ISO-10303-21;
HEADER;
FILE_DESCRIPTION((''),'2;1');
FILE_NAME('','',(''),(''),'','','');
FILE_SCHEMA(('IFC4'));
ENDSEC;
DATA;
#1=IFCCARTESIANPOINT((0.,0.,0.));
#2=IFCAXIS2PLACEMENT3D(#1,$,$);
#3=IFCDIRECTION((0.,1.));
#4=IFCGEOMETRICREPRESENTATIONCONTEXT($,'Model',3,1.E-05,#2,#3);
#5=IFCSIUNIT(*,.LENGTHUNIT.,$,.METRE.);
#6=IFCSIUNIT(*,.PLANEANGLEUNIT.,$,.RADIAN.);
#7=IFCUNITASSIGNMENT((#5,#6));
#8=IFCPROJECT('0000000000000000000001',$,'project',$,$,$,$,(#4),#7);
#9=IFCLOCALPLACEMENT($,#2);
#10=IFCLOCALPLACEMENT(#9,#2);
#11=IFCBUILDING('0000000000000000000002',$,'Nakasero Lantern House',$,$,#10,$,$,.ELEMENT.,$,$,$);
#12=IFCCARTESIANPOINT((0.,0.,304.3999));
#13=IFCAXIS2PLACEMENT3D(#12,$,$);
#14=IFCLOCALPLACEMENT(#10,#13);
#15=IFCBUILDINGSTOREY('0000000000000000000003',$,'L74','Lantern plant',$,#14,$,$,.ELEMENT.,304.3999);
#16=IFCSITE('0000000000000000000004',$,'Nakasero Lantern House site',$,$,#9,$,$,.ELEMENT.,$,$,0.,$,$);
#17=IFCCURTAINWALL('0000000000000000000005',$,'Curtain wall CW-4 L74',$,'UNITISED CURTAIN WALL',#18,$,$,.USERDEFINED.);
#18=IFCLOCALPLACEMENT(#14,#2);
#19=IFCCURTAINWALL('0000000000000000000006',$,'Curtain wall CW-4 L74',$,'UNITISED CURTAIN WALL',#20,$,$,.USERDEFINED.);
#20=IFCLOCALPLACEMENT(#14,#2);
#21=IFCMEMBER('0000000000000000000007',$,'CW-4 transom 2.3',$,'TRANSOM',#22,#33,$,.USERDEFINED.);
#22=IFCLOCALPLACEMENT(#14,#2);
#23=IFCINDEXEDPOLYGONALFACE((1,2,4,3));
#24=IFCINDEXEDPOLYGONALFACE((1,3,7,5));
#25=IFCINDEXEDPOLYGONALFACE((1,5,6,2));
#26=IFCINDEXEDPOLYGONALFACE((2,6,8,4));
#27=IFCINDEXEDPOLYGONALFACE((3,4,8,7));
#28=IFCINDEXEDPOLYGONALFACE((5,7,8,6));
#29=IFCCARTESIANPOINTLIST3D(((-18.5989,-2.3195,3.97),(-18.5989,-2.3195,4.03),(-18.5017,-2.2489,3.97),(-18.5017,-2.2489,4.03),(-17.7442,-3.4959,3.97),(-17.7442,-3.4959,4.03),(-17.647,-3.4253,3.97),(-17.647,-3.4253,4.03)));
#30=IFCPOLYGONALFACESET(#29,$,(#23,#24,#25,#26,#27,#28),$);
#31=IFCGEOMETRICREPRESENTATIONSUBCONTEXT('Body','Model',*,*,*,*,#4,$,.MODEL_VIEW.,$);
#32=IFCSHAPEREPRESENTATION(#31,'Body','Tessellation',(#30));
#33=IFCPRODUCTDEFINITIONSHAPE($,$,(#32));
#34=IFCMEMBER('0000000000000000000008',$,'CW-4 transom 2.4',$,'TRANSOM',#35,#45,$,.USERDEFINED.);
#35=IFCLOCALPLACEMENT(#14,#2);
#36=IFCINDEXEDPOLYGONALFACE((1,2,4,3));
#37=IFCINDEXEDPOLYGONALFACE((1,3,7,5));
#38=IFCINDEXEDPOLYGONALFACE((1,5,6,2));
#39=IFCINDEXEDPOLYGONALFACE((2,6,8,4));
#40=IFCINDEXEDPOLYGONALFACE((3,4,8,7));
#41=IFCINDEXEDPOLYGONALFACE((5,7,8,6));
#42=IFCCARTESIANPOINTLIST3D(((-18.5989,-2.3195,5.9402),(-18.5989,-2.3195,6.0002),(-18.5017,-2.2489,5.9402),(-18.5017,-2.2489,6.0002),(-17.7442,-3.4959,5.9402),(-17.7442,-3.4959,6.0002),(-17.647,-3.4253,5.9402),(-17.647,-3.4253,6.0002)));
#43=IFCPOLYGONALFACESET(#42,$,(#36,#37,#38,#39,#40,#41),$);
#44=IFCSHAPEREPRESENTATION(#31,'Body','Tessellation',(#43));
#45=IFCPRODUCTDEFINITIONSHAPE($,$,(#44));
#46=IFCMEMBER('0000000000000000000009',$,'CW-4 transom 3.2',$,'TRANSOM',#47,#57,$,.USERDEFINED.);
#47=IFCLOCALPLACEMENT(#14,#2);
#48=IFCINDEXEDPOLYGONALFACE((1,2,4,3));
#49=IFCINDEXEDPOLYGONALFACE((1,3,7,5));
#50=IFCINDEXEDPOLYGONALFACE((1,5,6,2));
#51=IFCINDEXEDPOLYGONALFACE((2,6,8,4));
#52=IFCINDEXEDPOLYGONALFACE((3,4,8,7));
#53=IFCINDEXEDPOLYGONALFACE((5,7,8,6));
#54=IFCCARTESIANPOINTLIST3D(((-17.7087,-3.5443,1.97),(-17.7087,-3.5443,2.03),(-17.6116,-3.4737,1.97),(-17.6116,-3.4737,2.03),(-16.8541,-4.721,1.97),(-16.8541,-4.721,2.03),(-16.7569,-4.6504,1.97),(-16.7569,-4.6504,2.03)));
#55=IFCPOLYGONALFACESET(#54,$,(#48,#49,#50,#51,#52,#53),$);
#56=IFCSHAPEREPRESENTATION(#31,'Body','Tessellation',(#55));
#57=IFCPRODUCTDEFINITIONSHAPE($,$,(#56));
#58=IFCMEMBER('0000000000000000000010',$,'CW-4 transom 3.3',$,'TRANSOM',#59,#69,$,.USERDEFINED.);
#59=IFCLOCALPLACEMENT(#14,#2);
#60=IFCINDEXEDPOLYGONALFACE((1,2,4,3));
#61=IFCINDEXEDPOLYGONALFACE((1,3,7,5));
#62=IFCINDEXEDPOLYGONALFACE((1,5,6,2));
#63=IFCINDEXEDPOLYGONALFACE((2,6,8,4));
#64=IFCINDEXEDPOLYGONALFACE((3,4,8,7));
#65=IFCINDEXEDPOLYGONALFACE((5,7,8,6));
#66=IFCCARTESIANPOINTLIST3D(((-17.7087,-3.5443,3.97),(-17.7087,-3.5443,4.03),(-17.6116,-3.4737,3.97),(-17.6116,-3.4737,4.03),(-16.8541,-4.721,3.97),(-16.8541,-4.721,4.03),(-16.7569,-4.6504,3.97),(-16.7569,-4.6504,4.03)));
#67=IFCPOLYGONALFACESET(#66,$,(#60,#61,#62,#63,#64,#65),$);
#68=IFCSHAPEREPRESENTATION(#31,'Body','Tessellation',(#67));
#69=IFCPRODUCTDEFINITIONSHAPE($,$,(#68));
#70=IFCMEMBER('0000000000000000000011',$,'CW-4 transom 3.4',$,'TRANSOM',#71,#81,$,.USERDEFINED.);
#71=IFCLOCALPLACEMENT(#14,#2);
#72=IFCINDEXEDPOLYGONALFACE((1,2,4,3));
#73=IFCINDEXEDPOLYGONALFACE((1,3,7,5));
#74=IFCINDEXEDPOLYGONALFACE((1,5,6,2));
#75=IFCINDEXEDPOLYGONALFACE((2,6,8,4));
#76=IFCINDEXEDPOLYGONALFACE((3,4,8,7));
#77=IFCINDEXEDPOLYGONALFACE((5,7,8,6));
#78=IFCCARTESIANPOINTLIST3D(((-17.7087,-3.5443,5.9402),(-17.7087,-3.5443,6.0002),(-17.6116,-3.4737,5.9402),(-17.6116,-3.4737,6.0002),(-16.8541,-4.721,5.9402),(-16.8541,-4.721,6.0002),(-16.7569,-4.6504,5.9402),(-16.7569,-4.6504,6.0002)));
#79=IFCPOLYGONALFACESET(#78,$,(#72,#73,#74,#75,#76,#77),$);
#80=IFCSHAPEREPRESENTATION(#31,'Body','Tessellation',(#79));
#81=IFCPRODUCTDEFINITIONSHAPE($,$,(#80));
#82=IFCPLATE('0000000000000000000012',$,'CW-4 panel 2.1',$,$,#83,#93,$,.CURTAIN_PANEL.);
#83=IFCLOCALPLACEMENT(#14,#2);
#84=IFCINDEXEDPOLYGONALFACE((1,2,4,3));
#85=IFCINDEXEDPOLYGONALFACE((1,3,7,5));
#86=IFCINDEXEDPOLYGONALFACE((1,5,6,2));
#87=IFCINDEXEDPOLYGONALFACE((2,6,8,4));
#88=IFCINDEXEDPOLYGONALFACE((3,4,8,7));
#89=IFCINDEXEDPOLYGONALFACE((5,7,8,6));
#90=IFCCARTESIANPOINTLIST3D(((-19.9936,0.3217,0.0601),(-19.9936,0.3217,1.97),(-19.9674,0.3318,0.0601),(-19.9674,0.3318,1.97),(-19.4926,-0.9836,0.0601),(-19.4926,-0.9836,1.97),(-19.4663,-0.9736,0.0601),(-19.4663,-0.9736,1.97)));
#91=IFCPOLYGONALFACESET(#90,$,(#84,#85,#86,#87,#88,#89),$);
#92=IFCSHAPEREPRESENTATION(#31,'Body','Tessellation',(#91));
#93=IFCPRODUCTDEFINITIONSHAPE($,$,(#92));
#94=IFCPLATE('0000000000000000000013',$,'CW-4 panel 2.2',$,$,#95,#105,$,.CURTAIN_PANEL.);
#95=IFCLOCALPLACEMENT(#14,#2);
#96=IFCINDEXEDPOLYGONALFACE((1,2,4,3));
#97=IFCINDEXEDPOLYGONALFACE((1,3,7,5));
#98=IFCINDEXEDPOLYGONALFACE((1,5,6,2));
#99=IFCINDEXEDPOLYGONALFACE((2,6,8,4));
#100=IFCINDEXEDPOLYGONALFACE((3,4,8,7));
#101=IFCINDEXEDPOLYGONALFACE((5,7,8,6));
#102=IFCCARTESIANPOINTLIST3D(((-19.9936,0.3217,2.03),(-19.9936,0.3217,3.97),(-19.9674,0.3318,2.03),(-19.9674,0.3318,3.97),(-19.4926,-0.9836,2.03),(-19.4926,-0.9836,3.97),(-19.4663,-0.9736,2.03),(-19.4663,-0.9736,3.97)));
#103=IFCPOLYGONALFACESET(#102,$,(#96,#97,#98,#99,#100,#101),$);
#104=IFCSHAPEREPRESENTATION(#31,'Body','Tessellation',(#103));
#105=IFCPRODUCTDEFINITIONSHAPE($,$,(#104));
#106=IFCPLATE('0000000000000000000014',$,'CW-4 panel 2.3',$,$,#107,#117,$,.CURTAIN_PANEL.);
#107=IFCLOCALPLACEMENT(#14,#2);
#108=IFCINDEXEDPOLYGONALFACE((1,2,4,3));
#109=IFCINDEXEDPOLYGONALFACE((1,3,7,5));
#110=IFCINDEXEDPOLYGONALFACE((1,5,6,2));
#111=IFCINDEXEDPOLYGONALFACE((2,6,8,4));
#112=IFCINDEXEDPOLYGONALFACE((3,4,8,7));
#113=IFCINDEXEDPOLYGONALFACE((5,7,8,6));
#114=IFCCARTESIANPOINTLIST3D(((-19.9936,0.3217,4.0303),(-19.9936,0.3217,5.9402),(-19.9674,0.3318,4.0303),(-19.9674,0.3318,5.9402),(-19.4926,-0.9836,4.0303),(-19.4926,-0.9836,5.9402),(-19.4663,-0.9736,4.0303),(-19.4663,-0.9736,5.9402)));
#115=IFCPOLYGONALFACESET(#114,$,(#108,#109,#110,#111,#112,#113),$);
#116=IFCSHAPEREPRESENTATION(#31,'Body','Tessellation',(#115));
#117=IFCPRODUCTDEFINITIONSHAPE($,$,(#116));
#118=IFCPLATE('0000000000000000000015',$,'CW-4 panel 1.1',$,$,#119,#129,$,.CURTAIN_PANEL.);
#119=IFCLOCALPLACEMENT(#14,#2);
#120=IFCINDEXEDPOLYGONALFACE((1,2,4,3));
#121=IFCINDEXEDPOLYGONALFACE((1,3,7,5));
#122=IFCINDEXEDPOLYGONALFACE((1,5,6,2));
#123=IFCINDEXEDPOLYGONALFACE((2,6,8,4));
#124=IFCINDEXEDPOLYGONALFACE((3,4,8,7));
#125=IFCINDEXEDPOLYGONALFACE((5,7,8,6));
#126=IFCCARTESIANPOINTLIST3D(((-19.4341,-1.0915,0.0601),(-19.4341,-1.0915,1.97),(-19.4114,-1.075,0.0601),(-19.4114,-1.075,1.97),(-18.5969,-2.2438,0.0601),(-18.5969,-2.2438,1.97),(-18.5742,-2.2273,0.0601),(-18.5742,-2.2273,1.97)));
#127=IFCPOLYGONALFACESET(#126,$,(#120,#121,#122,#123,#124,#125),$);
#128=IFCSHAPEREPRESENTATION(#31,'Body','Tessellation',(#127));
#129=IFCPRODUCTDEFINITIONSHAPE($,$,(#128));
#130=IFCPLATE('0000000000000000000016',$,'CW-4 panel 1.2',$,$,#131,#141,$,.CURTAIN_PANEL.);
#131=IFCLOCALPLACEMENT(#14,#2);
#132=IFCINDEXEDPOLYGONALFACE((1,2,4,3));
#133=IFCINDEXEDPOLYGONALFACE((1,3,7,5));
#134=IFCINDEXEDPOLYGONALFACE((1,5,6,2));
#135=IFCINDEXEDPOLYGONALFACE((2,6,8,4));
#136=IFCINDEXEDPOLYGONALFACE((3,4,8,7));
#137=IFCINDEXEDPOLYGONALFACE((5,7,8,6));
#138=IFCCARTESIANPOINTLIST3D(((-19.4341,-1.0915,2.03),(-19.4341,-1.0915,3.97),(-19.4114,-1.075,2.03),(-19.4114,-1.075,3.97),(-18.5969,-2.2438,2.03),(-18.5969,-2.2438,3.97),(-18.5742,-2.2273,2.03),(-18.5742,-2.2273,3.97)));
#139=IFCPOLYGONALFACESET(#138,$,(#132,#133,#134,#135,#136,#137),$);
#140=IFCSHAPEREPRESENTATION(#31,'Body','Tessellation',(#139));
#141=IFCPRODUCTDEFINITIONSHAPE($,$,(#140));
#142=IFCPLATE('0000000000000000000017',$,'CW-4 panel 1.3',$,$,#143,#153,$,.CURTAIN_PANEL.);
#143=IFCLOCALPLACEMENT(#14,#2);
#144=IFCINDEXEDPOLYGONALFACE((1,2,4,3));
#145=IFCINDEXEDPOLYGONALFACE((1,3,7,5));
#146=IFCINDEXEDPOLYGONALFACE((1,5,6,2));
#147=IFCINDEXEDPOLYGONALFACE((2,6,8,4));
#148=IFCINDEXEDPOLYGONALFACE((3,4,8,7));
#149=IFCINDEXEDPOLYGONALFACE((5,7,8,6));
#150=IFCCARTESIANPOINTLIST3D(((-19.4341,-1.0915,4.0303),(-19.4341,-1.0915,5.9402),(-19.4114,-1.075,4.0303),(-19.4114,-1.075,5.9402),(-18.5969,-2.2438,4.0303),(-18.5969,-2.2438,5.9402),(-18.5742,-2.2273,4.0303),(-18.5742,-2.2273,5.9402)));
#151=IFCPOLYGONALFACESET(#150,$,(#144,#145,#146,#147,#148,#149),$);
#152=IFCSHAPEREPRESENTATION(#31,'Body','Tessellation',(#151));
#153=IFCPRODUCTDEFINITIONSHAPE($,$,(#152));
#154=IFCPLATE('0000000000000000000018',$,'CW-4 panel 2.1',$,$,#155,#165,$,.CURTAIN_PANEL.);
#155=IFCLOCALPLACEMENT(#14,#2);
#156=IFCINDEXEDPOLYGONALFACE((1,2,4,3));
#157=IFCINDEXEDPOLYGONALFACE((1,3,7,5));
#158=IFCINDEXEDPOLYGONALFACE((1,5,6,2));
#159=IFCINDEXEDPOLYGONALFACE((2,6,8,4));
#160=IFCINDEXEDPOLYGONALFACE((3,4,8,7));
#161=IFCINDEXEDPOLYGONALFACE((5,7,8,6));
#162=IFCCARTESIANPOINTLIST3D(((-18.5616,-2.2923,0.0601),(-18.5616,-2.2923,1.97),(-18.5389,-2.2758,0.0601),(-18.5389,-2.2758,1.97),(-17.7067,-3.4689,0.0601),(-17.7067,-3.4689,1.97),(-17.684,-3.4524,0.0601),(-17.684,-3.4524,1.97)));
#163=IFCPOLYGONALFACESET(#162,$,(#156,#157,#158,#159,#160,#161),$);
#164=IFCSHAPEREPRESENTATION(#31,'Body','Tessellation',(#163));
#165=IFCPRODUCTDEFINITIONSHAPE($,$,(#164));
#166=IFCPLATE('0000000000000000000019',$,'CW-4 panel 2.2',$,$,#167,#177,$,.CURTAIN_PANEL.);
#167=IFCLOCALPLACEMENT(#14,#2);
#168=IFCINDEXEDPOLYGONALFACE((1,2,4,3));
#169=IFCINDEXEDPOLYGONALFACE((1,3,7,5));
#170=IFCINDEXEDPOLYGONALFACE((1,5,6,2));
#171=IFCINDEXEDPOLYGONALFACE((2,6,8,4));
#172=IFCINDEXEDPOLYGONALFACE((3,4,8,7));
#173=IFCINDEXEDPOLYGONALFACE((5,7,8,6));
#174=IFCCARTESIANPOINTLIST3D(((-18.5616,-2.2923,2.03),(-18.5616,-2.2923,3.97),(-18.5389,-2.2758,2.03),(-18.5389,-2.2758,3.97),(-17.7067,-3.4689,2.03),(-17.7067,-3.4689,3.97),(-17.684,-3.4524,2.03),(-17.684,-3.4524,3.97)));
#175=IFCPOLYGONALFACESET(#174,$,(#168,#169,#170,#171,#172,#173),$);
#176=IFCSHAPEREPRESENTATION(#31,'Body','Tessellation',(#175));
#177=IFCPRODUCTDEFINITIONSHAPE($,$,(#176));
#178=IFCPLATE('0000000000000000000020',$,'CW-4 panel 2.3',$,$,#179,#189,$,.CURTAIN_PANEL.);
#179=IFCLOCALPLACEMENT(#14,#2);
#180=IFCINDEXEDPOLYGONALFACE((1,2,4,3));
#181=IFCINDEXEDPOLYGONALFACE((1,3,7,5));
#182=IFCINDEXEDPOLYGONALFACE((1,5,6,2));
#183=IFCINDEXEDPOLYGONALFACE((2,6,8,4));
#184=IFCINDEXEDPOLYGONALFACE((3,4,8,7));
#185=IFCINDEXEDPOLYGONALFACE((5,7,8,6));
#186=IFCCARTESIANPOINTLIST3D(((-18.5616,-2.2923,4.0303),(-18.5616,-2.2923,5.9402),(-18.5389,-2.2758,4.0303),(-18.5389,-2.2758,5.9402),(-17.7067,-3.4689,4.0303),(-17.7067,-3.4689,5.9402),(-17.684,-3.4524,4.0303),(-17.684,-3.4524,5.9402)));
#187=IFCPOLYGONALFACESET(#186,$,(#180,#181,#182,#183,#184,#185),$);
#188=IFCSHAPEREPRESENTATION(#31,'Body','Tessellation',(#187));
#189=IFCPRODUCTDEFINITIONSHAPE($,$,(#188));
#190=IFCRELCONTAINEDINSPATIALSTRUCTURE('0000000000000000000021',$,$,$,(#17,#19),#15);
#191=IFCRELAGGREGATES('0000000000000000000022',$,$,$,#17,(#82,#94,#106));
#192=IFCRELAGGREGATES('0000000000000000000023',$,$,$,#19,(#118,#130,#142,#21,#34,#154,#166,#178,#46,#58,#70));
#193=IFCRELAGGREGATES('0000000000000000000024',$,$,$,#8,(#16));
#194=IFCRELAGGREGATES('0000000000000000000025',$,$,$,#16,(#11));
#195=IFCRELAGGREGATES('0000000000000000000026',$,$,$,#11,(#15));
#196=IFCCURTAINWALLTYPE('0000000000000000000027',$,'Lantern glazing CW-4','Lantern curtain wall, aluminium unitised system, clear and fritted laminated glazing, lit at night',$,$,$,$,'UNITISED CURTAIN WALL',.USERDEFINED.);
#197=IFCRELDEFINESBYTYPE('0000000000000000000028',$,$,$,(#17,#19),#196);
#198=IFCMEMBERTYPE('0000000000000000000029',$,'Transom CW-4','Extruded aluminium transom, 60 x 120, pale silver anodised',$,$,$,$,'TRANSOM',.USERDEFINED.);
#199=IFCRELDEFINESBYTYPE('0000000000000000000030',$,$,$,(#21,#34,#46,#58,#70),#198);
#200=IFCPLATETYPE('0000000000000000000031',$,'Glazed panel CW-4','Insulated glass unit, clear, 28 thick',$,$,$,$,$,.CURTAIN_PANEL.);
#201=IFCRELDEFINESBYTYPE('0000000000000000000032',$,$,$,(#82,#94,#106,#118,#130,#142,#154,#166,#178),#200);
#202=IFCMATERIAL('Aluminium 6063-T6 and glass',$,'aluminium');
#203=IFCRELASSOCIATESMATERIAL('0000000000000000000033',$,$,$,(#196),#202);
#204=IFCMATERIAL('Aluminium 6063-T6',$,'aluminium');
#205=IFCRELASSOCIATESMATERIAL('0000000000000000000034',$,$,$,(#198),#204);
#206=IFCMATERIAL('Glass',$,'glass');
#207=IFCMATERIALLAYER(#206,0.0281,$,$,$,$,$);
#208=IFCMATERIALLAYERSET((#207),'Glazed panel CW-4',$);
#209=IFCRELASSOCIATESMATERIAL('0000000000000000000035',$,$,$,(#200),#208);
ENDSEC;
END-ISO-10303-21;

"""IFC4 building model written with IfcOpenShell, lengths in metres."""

from ifc_helpers import new_model, si_unit, direction, frame, origin, origin_2d, place, context, subcontext, project, spatial, rectangle, extrude, material, layer, layer_set, material_profile, profile_set, type_object, element, aggregate, save


model = new_model("IFC4")

# Units and contexts
model_context = context("Model", 3, precision=1e-05, world=origin(), true_north=direction((0.0, 1.0)))
body_context = subcontext(model_context, "Body", "Model", "MODEL_VIEW")
ifc_project = project(units=[si_unit("LENGTHUNIT", "METRE"), si_unit("PLANEANGLEUNIT", "RADIAN")], contexts=[model_context])

# Site, building, storey
site_placement = place(None, origin())
site = spatial("IfcSite", under=ifc_project, at=site_placement, Name="Nakasero Lantern House site", CompositionType="ELEMENT", RefElevation=0.0)
building_placement = place(site_placement, origin())
building = spatial("IfcBuilding", under=site, at=building_placement, Name="Nakasero Lantern House", CompositionType="ELEMENT")
storey_placement = place(building_placement, frame((0.0, 0.0, 304.3999)))
storey = spatial("IfcBuildingStorey", under=building, at=storey_placement, Name="L74", Description="Lantern plant", CompositionType="ELEMENT", Elevation=304.3999)

# Curtain wall
ifc_material_1 = material(Name="Aluminium 6063-T6 and glass", Category="aluminium")
curtain_wall_type = type_object("IfcCurtainWallType", Name="Lantern glazing CW-4", Description="Lantern curtain wall, aluminium unitised system, clear and fritted laminated glazing, lit at night", ElementType="UNITISED CURTAIN WALL", PredefinedType="USERDEFINED", material=ifc_material_1)
curtain_wall_1_placement = place(storey_placement, origin())
curtain_wall_1 = element("IfcCurtainWall", 1, at=curtain_wall_1_placement, inside=storey, type_object=curtain_wall_type, Name="Curtain wall CW-4 L74", ObjectType="UNITISED CURTAIN WALL", PredefinedType="USERDEFINED")

# Curtain wall, members
curtain_wall_2_placement = place(storey_placement, origin())
curtain_wall_2 = element("IfcCurtainWall", 2, at=curtain_wall_2_placement, inside=storey, type_object=curtain_wall_type, Name="Curtain wall CW-4 L74", ObjectType="UNITISED CURTAIN WALL", PredefinedType="USERDEFINED")
ifc_material_2 = material(Name="Aluminium 6063-T6", Category="aluminium")
ifc_material_profile_1 = material_profile(ifc_material_2, rectangle(XDim=0.0601, YDim=0.1201, at=origin_2d()), Name="CW-4 transom 60x120")
ifc_profile_set_1 = profile_set([ifc_material_profile_1], Name="Aluminium 6063-T6")
member_type_1 = type_object("IfcMemberType", Name="Transom CW-4", Description="Extruded aluminium transom, 60 x 120, pale silver anodised", ElementType="TRANSOM", PredefinedType="USERDEFINED", material=ifc_profile_set_1)
member_1_placement = place(storey_placement, frame((-18.5503, -2.2842, 4.0), z_axis=(0.587762, -0.809034, 0.0), x_axis=(0.0, 0.0, 1.0)))
member_1 = element("IfcMember", 3, at=member_1_placement, type_object=member_type_1, Name="CW-4 transom 2.3", ObjectType="TRANSOM", PredefinedType="USERDEFINED", context=body_context, shape_type="SweptSolid", body=[
    extrude(rectangle(XDim=0.0601, YDim=0.1201, at=origin_2d()), origin(), (0.0, 0.0, 1.0), 1.4541),
])
member_2_placement = place(storey_placement, frame((-18.5503, -2.2842, 5.9702), z_axis=(0.587762, -0.809034, 0.0), x_axis=(0.0, 0.0, 1.0)))
member_2 = element("IfcMember", 4, at=member_2_placement, type_object=member_type_1, Name="CW-4 transom 2.4", ObjectType="TRANSOM", PredefinedType="USERDEFINED", context=body_context, shape_type="SweptSolid", body=[
    extrude(rectangle(XDim=0.0601, YDim=0.1201, at=origin_2d()), origin(), (0.0, 0.0, 1.0), 1.4541),
])
member_3_placement = place(storey_placement, frame((-17.6602, -3.509, 2.0), z_axis=(0.587683, -0.809092, 0.0), x_axis=(0.0, 0.0, 1.0)))
member_3 = element("IfcMember", 5, at=member_3_placement, type_object=member_type_1, Name="CW-4 transom 3.2", ObjectType="TRANSOM", PredefinedType="USERDEFINED", context=body_context, shape_type="SweptSolid", body=[
    extrude(rectangle(XDim=0.0601, YDim=0.1201, at=origin_2d()), origin(), (0.0, 0.0, 1.0), 1.4543),
])
member_4_placement = place(storey_placement, frame((-17.6602, -3.509, 4.0), z_axis=(0.587683, -0.809092, 0.0), x_axis=(0.0, 0.0, 1.0)))
member_4 = element("IfcMember", 6, at=member_4_placement, type_object=member_type_1, Name="CW-4 transom 3.3", ObjectType="TRANSOM", PredefinedType="USERDEFINED", context=body_context, shape_type="SweptSolid", body=[
    extrude(rectangle(XDim=0.0601, YDim=0.1201, at=origin_2d()), origin(), (0.0, 0.0, 1.0), 1.4543),
])
member_5_placement = place(storey_placement, frame((-17.6602, -3.509, 5.9702), z_axis=(0.587683, -0.809092, 0.0), x_axis=(0.0, 0.0, 1.0)))
member_5 = element("IfcMember", 7, at=member_5_placement, type_object=member_type_1, Name="CW-4 transom 3.4", ObjectType="TRANSOM", PredefinedType="USERDEFINED", context=body_context, shape_type="SweptSolid", body=[
    extrude(rectangle(XDim=0.0601, YDim=0.1201, at=origin_2d()), origin(), (0.0, 0.0, 1.0), 1.4543),
])

# Plates
ifc_material_3 = material(Name="Glass", Category="glass")
ifc_layer_1 = layer(ifc_material_3, 0.0281)
ifc_layer_set_1 = layer_set([ifc_layer_1], Name="Glazed panel CW-4")
plate_type = type_object("IfcPlateType", Name="Glazed panel CW-4", Description="Insulated glass unit, clear, 28 thick", PredefinedType="CURTAIN_PANEL", material=ifc_layer_set_1)
plate_1_placement = place(storey_placement, frame((-19.73, -0.3259, 0.0601), z_axis=(0.0, 0.0, 1.0), x_axis=(0.358368, -0.93358, 0.0)))
plate_1 = element("IfcPlate", 8, at=plate_1_placement, type_object=plate_type, Name="CW-4 panel 2.1", PredefinedType="CURTAIN_PANEL", context=body_context, shape_type="SweptSolid", body=[
    extrude(rectangle(XDim=1.3982, YDim=0.0281, at=origin_2d()), origin(), (0.0, 0.0, 1.0), 1.9099),
])
plate_2_placement = place(storey_placement, frame((-19.73, -0.3259, 2.03), z_axis=(0.0, 0.0, 1.0), x_axis=(0.358368, -0.93358, 0.0)))
plate_2 = element("IfcPlate", 9, at=plate_2_placement, type_object=plate_type, Name="CW-4 panel 2.2", PredefinedType="CURTAIN_PANEL", context=body_context, shape_type="SweptSolid", body=[
    extrude(rectangle(XDim=1.3982, YDim=0.0281, at=origin_2d()), origin(), (0.0, 0.0, 1.0), 1.9399),
])
plate_3_placement = place(storey_placement, frame((-19.73, -0.3259, 4.0303), z_axis=(0.0, 0.0, 1.0), x_axis=(0.358368, -0.93358, 0.0)))
plate_3 = element("IfcPlate", 10, at=plate_3_placement, type_object=plate_type, Name="CW-4 panel 2.3", PredefinedType="CURTAIN_PANEL", context=body_context, shape_type="SweptSolid", body=[
    extrude(rectangle(XDim=1.3982, YDim=0.0281, at=origin_2d()), origin(), (0.0, 0.0, 1.0), 1.9099),
])
aggregate(curtain_wall_1, [plate_1, plate_2, plate_3])
plate_4_placement = place(storey_placement, frame((-19.0042, -1.6594, 0.0601), z_axis=(0.0, 0.0, 1.0), x_axis=(0.587785, -0.809017, 0.0)))
plate_4 = element("IfcPlate", 11, at=plate_4_placement, type_object=plate_type, Name="CW-4 panel 1.1", PredefinedType="CURTAIN_PANEL", context=body_context, shape_type="SweptSolid", body=[
    extrude(rectangle(XDim=1.4243, YDim=0.0281, at=origin_2d()), origin(), (0.0, 0.0, 1.0), 1.9099),
])
plate_5_placement = place(storey_placement, frame((-19.0042, -1.6594, 2.03), z_axis=(0.0, 0.0, 1.0), x_axis=(0.587785, -0.809017, 0.0)))
plate_5 = element("IfcPlate", 12, at=plate_5_placement, type_object=plate_type, Name="CW-4 panel 1.2", PredefinedType="CURTAIN_PANEL", context=body_context, shape_type="SweptSolid", body=[
    extrude(rectangle(XDim=1.4243, YDim=0.0281, at=origin_2d()), origin(), (0.0, 0.0, 1.0), 1.9399),
])
plate_6_placement = place(storey_placement, frame((-19.0042, -1.6594, 4.0303), z_axis=(0.0, 0.0, 1.0), x_axis=(0.587785, -0.809017, 0.0)))
plate_6 = element("IfcPlate", 13, at=plate_6_placement, type_object=plate_type, Name="CW-4 panel 1.3", PredefinedType="CURTAIN_PANEL", context=body_context, shape_type="SweptSolid", body=[
    extrude(rectangle(XDim=1.4243, YDim=0.0281, at=origin_2d()), origin(), (0.0, 0.0, 1.0), 1.9099),
])
plate_7_placement = place(storey_placement, frame((-18.1228, -2.8723, 0.0601), z_axis=(0.0, 0.0, 1.0), x_axis=(0.587785, -0.809017, 0.0)))
plate_7 = element("IfcPlate", 14, at=plate_7_placement, type_object=plate_type, Name="CW-4 panel 2.1", PredefinedType="CURTAIN_PANEL", context=body_context, shape_type="SweptSolid", body=[
    extrude(rectangle(XDim=1.4543, YDim=0.0281, at=origin_2d()), origin(), (0.0, 0.0, 1.0), 1.9099),
])
plate_8_placement = place(storey_placement, frame((-18.1228, -2.8723, 2.03), z_axis=(0.0, 0.0, 1.0), x_axis=(0.587785, -0.809017, 0.0)))
plate_8 = element("IfcPlate", 15, at=plate_8_placement, type_object=plate_type, Name="CW-4 panel 2.2", PredefinedType="CURTAIN_PANEL", context=body_context, shape_type="SweptSolid", body=[
    extrude(rectangle(XDim=1.4543, YDim=0.0281, at=origin_2d()), origin(), (0.0, 0.0, 1.0), 1.9399),
])
plate_9_placement = place(storey_placement, frame((-18.1228, -2.8723, 4.0303), z_axis=(0.0, 0.0, 1.0), x_axis=(0.587785, -0.809017, 0.0)))
plate_9 = element("IfcPlate", 16, at=plate_9_placement, type_object=plate_type, Name="CW-4 panel 2.3", PredefinedType="CURTAIN_PANEL", context=body_context, shape_type="SweptSolid", body=[
    extrude(rectangle(XDim=1.4543, YDim=0.0281, at=origin_2d()), origin(), (0.0, 0.0, 1.0), 1.9099),
])
aggregate(curtain_wall_2, [plate_4, plate_5, plate_6, member_1, member_2, plate_7, plate_8, plate_9, member_3, member_4, member_5])

save(model, "model.ifc")
